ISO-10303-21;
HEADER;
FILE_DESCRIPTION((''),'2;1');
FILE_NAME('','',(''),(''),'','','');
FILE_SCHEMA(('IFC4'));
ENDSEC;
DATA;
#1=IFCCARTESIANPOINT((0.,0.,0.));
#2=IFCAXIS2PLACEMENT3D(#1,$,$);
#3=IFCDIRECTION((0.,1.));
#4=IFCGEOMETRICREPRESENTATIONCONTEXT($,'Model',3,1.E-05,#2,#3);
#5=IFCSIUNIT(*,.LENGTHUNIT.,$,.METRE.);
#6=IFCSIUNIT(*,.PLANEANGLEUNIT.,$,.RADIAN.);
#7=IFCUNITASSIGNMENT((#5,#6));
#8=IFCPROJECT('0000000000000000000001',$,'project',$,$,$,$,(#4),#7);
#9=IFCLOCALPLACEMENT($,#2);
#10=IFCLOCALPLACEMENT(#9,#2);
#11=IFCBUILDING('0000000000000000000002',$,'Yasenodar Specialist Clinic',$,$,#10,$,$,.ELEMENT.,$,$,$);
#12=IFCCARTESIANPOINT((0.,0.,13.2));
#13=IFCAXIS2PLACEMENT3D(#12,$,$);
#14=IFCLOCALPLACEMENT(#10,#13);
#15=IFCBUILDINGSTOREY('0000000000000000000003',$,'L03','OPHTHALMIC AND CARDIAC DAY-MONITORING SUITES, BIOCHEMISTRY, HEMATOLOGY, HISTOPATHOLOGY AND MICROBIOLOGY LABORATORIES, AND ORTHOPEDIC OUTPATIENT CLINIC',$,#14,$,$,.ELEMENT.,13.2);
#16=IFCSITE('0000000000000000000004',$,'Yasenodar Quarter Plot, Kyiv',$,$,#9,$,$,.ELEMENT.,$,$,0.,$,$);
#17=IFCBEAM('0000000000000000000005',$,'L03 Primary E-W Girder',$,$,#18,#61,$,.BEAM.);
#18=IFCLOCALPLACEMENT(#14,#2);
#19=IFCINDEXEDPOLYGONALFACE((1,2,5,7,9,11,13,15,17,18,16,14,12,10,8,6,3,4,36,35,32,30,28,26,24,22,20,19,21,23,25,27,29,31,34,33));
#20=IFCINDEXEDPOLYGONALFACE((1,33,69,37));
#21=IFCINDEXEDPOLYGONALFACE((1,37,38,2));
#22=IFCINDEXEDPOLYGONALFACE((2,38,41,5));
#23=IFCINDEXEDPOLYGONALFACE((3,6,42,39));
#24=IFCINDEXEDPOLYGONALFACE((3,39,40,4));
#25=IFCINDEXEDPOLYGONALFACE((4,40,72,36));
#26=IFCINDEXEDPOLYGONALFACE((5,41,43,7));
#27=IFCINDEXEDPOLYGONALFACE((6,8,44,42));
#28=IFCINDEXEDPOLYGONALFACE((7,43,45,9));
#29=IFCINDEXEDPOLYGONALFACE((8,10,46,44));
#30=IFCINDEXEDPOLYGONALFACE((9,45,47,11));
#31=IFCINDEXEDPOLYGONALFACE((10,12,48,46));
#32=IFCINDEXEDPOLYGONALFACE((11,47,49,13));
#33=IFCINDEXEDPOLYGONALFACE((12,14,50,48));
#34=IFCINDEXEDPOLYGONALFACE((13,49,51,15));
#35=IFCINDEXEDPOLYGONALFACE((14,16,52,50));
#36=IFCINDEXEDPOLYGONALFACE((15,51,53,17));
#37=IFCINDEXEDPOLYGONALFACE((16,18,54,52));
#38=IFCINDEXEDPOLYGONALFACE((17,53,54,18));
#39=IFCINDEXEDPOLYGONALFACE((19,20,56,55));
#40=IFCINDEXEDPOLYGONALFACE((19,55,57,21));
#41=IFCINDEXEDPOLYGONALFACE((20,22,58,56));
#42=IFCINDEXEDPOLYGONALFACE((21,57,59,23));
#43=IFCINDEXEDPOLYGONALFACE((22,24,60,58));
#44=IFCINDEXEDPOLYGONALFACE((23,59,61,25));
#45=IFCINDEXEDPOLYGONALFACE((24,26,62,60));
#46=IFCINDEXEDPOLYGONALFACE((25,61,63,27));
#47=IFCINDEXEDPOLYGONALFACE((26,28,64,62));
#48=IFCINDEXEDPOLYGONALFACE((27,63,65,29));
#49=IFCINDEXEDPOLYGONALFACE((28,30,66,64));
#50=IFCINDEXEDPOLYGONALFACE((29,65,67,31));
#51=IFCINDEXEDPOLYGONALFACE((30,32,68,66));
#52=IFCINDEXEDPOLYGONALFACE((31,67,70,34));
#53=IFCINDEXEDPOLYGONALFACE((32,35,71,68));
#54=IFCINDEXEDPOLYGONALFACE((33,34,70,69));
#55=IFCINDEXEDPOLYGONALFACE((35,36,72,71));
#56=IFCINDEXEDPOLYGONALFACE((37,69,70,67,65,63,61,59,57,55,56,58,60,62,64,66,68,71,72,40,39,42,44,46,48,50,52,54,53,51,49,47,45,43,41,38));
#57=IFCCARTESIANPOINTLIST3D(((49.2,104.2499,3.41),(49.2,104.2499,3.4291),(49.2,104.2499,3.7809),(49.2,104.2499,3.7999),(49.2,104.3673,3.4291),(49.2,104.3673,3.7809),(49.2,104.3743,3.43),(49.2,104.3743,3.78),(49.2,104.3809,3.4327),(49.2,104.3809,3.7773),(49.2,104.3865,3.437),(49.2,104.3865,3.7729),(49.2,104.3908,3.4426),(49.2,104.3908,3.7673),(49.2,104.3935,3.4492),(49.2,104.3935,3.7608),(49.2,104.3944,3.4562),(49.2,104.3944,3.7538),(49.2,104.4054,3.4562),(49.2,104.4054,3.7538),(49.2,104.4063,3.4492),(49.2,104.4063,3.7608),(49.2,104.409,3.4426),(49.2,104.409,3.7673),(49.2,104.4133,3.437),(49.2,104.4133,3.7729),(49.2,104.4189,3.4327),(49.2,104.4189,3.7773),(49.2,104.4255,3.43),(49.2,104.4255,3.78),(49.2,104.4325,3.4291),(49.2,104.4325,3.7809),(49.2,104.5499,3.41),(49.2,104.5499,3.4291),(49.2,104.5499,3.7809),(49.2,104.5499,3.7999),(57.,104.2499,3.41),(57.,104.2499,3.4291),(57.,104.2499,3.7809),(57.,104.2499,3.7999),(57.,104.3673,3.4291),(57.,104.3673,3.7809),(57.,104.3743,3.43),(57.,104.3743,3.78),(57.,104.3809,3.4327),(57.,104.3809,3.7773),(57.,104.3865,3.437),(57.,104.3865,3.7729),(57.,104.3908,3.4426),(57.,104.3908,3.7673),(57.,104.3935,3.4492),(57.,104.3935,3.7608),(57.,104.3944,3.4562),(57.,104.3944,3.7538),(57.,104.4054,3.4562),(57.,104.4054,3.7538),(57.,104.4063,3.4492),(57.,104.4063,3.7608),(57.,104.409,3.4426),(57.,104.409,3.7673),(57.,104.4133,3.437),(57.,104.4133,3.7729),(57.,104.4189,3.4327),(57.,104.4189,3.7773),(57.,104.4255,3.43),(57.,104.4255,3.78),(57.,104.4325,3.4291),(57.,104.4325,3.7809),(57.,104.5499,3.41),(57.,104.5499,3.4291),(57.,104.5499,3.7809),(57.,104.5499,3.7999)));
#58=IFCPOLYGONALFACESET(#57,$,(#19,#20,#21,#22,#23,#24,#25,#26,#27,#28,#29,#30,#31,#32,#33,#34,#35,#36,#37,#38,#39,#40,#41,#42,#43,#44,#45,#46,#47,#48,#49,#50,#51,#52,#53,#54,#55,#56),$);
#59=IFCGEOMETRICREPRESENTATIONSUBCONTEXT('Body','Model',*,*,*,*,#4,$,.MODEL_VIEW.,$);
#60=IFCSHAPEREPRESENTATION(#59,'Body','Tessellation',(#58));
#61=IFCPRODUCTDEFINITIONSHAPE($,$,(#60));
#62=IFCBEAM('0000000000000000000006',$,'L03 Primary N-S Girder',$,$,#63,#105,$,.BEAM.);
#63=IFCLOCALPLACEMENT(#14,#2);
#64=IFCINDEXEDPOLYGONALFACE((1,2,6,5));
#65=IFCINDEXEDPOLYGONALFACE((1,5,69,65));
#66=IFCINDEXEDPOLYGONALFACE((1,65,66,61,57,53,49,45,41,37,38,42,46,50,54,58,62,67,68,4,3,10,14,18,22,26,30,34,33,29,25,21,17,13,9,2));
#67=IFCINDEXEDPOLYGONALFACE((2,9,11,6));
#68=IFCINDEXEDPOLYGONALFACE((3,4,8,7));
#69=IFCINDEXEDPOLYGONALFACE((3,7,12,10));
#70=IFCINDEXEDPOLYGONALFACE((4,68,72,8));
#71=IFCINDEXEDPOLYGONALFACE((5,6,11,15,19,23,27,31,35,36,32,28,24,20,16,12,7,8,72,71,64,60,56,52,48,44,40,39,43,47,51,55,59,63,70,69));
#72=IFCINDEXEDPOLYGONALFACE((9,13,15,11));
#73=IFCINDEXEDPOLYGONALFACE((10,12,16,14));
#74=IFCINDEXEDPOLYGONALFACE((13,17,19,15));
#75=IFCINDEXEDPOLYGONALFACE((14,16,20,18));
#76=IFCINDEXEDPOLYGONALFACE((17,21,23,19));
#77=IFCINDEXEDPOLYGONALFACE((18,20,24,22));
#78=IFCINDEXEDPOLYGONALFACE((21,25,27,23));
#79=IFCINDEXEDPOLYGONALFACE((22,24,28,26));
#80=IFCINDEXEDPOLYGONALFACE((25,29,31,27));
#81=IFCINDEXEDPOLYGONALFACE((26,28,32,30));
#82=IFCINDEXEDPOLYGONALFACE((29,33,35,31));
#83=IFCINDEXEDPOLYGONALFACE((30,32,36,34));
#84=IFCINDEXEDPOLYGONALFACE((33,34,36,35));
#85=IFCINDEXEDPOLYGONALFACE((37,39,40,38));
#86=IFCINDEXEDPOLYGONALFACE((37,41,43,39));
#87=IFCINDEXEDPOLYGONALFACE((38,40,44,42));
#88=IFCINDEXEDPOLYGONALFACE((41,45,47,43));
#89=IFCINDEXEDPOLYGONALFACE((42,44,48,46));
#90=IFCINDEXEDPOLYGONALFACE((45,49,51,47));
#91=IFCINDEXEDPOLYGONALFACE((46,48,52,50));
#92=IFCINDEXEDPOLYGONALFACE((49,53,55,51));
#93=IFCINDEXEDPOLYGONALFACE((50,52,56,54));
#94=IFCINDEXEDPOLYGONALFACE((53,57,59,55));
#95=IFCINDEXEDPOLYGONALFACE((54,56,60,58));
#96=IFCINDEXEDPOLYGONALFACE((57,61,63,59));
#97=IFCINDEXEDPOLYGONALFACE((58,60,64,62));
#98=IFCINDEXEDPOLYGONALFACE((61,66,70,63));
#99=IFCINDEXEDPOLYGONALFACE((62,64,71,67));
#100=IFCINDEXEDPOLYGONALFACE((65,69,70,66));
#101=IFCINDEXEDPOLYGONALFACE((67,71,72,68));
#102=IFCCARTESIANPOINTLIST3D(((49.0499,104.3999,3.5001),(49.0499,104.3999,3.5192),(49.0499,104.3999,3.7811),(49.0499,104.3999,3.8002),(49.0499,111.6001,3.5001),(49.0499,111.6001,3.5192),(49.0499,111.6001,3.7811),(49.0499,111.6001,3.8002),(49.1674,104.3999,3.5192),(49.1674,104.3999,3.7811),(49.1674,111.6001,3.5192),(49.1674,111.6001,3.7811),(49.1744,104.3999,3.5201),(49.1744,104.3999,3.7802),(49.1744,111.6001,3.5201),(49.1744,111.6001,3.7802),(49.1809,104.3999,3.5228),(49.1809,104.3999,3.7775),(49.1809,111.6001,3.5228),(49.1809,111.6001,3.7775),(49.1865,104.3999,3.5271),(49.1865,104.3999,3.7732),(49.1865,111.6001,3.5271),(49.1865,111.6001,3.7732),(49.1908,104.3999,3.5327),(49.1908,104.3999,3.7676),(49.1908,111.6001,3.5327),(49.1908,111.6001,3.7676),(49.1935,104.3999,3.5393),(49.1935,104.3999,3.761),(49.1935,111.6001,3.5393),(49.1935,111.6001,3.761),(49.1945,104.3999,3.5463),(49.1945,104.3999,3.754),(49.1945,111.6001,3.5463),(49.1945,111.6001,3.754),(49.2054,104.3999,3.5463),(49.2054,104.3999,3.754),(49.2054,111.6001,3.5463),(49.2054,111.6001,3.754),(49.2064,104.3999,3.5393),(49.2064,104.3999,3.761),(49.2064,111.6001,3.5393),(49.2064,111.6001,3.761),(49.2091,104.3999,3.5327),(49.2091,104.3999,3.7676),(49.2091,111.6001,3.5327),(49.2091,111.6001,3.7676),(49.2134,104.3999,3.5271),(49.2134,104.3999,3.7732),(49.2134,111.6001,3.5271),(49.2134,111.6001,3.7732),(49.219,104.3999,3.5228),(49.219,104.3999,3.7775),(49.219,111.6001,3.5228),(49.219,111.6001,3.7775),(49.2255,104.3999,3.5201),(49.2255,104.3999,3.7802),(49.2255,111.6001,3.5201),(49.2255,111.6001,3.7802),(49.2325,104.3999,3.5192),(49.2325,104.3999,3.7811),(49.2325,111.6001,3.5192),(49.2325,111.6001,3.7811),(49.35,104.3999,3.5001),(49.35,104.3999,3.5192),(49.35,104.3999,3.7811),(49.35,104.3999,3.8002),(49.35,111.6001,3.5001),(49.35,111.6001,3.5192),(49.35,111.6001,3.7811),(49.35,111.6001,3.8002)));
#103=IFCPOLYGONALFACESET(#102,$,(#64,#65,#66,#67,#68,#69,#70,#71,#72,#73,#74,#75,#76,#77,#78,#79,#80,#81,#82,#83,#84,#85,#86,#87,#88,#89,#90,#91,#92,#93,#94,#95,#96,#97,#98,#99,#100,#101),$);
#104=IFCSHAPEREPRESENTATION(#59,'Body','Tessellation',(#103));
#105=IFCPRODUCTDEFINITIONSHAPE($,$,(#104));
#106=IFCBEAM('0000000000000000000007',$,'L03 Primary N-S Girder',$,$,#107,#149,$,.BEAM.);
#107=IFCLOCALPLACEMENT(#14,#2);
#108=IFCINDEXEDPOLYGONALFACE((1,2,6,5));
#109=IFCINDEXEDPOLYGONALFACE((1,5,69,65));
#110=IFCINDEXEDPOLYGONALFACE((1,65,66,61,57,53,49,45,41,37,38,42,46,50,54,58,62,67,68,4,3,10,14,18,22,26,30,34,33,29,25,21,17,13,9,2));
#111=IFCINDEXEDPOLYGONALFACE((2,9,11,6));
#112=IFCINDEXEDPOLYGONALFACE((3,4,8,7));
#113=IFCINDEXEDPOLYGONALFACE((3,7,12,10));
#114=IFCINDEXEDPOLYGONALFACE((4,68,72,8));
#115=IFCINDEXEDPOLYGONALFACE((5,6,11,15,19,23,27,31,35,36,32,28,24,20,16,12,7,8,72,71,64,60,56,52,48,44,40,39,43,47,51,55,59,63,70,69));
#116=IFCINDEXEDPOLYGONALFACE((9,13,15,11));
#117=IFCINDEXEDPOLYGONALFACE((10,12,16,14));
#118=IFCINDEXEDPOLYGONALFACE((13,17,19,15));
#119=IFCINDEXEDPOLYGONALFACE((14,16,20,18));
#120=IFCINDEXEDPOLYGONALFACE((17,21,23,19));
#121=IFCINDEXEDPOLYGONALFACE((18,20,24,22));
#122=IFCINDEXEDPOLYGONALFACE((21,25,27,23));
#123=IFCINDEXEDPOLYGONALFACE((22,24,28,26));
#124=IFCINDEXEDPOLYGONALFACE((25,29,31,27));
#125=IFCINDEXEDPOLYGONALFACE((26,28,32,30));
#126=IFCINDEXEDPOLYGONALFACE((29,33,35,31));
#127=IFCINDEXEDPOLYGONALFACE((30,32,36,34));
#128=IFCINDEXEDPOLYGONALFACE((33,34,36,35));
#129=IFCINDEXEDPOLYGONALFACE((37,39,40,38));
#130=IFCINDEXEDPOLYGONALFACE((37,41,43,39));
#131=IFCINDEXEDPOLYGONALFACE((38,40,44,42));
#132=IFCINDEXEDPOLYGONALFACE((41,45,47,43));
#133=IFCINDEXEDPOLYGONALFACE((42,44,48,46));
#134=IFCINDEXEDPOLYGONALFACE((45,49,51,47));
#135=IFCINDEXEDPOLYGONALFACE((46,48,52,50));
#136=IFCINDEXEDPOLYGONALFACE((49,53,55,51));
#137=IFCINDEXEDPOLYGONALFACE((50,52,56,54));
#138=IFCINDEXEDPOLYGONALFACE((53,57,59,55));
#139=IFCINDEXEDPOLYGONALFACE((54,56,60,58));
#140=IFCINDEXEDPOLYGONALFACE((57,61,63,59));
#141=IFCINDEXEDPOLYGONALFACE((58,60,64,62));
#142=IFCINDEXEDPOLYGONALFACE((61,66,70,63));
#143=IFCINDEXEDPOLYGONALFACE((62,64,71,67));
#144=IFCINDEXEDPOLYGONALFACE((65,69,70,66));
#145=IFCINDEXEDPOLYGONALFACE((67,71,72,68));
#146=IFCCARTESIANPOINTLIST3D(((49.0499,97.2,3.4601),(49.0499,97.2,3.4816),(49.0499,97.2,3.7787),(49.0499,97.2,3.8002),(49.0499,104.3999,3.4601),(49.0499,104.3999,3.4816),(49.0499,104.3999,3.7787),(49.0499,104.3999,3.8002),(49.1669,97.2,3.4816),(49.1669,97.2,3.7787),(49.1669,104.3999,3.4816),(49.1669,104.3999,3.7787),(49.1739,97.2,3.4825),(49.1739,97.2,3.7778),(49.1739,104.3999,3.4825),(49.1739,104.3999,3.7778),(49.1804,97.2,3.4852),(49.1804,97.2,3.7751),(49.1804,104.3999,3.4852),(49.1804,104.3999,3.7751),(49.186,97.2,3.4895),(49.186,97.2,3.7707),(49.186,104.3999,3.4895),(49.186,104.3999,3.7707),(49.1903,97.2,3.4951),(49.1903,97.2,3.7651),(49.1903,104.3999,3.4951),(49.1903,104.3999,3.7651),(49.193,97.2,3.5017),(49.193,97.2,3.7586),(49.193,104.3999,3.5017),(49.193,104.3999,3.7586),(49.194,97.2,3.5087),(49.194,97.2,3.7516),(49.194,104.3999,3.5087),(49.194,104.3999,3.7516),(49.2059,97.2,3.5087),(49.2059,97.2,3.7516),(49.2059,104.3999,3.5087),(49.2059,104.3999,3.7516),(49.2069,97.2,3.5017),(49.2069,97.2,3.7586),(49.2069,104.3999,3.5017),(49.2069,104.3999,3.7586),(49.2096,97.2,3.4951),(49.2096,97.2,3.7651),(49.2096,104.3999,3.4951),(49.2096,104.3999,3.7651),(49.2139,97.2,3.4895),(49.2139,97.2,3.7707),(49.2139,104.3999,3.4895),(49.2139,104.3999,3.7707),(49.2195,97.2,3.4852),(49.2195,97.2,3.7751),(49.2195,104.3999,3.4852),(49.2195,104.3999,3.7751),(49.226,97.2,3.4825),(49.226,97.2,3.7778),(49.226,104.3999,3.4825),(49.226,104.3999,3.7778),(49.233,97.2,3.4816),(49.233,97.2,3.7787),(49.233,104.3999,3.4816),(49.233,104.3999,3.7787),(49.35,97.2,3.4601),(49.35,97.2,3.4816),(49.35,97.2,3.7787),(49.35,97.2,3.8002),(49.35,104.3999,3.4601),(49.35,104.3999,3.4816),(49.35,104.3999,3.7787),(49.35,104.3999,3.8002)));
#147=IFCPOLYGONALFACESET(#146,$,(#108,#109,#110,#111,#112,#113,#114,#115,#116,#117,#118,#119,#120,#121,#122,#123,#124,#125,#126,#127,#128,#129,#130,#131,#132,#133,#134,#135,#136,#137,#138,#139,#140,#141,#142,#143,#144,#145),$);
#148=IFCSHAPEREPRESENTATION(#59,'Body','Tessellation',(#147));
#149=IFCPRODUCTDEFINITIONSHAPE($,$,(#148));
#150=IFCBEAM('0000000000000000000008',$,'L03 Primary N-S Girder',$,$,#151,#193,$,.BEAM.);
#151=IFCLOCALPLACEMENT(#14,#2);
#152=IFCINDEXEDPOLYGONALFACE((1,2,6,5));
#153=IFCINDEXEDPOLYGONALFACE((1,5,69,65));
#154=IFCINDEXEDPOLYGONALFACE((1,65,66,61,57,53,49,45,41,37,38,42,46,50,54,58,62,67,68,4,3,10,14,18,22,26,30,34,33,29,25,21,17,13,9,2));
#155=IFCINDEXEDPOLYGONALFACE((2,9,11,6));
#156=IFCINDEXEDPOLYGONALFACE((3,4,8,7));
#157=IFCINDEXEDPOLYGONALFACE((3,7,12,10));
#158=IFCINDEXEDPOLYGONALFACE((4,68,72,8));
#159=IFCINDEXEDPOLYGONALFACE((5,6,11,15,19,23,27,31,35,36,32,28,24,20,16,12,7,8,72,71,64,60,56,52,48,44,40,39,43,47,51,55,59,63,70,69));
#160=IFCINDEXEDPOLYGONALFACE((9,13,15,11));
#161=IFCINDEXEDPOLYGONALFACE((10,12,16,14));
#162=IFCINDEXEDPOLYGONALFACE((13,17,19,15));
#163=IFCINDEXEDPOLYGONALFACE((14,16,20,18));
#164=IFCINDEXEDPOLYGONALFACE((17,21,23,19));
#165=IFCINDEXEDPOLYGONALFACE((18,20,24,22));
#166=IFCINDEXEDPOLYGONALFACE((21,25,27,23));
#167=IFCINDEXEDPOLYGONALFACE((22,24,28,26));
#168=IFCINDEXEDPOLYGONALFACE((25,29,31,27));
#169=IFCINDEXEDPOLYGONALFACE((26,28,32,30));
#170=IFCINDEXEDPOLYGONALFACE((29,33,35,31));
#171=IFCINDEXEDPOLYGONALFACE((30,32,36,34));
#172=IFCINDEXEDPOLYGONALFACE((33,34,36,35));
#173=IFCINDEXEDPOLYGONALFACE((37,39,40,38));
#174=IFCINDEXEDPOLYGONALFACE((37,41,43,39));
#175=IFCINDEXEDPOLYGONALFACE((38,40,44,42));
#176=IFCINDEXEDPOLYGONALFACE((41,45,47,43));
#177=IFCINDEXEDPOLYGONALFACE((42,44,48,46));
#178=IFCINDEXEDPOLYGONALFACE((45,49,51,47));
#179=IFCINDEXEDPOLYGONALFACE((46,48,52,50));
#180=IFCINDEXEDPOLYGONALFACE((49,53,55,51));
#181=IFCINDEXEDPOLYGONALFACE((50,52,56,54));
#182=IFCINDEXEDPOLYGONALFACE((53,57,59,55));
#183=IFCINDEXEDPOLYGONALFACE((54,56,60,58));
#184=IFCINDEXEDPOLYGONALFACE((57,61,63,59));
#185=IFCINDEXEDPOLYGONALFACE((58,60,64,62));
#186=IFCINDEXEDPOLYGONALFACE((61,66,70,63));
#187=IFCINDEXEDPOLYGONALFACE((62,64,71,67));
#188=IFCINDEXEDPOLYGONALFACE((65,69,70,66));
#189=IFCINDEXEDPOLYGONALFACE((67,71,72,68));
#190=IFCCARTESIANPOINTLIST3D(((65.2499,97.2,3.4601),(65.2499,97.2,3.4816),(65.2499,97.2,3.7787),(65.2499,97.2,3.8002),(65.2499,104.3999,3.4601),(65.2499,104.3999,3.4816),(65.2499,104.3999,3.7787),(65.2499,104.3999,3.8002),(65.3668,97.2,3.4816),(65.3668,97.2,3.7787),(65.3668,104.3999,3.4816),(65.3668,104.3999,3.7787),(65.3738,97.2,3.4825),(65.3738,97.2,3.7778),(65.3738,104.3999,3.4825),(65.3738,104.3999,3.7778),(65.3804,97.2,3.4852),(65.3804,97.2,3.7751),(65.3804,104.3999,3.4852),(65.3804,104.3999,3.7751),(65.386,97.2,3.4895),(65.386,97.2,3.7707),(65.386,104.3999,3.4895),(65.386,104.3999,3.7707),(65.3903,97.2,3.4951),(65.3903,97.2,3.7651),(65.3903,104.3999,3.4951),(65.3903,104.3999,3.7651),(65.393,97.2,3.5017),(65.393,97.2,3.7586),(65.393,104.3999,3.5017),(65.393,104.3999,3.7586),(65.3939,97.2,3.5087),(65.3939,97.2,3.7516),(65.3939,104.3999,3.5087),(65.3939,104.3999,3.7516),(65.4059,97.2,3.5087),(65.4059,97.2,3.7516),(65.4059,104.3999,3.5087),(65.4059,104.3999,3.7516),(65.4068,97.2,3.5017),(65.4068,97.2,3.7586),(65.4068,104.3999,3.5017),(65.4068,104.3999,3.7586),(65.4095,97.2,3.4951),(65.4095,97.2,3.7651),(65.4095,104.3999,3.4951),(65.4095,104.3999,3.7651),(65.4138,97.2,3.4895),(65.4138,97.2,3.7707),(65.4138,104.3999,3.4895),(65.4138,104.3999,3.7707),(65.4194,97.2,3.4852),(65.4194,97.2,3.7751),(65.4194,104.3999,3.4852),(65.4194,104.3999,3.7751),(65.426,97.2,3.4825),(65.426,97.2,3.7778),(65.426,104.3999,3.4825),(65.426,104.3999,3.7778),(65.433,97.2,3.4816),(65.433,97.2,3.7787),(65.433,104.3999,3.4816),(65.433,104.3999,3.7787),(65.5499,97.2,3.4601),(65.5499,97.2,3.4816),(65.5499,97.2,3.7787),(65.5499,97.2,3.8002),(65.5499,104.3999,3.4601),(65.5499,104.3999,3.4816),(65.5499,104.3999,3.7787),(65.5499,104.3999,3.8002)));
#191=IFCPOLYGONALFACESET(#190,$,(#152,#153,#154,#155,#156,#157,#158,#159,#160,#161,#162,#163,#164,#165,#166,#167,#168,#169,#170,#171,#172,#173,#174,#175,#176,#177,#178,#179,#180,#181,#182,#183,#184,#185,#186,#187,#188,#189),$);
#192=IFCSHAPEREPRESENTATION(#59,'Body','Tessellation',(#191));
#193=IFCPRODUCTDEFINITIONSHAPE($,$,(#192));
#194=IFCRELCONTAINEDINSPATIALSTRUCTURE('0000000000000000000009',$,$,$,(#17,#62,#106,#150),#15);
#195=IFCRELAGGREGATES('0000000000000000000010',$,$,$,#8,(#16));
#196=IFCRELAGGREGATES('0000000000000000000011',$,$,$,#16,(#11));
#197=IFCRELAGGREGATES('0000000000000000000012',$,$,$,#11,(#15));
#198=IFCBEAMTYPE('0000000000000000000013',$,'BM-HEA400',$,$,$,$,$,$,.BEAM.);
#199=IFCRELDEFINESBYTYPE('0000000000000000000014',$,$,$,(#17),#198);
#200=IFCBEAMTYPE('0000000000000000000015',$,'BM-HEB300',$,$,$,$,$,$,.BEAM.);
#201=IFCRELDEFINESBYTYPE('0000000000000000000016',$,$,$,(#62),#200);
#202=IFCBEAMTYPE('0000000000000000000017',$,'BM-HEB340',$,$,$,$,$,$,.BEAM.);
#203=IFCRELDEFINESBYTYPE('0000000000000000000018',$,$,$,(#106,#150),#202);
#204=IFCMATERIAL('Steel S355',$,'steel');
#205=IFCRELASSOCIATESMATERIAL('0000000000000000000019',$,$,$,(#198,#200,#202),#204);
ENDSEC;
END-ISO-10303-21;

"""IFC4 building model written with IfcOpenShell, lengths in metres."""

from ifc_helpers import new_model, si_unit, direction, frame, origin, origin_2d, place, context, subcontext, project, spatial, i_section, extrude, material, material_profile, profile_set, type_object, element, save


model = new_model("IFC4")

# Units and contexts
model_context = context("Model", 3, precision=1e-05, world=origin(), true_north=direction((0.0, 1.0)))
body_context = subcontext(model_context, "Body", "Model", "MODEL_VIEW")
ifc_project = project(units=[si_unit("LENGTHUNIT", "METRE"), si_unit("PLANEANGLEUNIT", "RADIAN")], contexts=[model_context])

# Site, building, storey
site_placement = place(None, origin())
site = spatial("IfcSite", under=ifc_project, at=site_placement, Name="Yasenodar Quarter Plot, Kyiv", CompositionType="ELEMENT", RefElevation=0.0)
building_placement = place(site_placement, origin())
building = spatial("IfcBuilding", under=site, at=building_placement, Name="Yasenodar Specialist Clinic", CompositionType="ELEMENT")
storey_placement = place(building_placement, frame((0.0, 0.0, 13.2)))
storey = spatial("IfcBuildingStorey", under=building, at=storey_placement, Name="L03", Description="OPHTHALMIC AND CARDIAC DAY-MONITORING SUITES, BIOCHEMISTRY, HEMATOLOGY, HISTOPATHOLOGY AND MICROBIOLOGY LABORATORIES, AND ORTHOPEDIC OUTPATIENT CLINIC", CompositionType="ELEMENT", Elevation=13.2)

# Shared definitions
ifc_material_1 = material(Name="Steel S355", Category="steel")

# Beams
ifc_material_profile_1 = material_profile(ifc_material_1, i_section(OverallWidth=0.3, OverallDepth=0.3899, WebThickness=0.011, FlangeThickness=0.019, FilletRadius=0.0271, at=origin_2d()), Name="HEA 400")
ifc_profile_set_1 = profile_set([ifc_material_profile_1], Name="Steel S355")
beam_type_1 = type_object("IfcBeamType", Name="BM-HEA400", PredefinedType="BEAM", material=ifc_profile_set_1)
beam_1_placement = place(storey_placement, frame((49.2, 104.3999, 3.605), z_axis=(1.0, 0.0, 0.0), x_axis=(0.0, 1.0, 0.0)))
element("IfcBeam", 1, at=beam_1_placement, inside=storey, type_object=beam_type_1, Name="L03 Primary E-W Girder", PredefinedType="BEAM", context=body_context, shape_type="SweptSolid", body=[
    extrude(i_section(OverallWidth=0.3, OverallDepth=0.3899, WebThickness=0.011, FlangeThickness=0.019, FilletRadius=0.0271, at=origin_2d()), origin(), (0.0, 0.0, 1.0), 7.8),
])
ifc_material_profile_2 = material_profile(ifc_material_1, i_section(OverallWidth=0.3, OverallDepth=0.3, WebThickness=0.011, FlangeThickness=0.019, FilletRadius=0.0271, at=origin_2d()), Name="HEB 300")
ifc_profile_set_2 = profile_set([ifc_material_profile_2], Name="Steel S355")
beam_type_2 = type_object("IfcBeamType", Name="BM-HEB300", PredefinedType="BEAM", material=ifc_profile_set_2)
beam_2_placement = place(storey_placement, frame((49.2, 104.3999, 3.6501), z_axis=(0.0, 1.0, 0.0), x_axis=(-1.0, 0.0, 0.0)))
element("IfcBeam", 2, at=beam_2_placement, inside=storey, type_object=beam_type_2, Name="L03 Primary N-S Girder", PredefinedType="BEAM", context=body_context, shape_type="SweptSolid", body=[
    extrude(i_section(OverallWidth=0.3, OverallDepth=0.3, WebThickness=0.011, FlangeThickness=0.019, FilletRadius=0.0271, at=origin_2d()), origin(), (0.0, 0.0, 1.0), 7.2002),
])
ifc_material_profile_3 = material_profile(ifc_material_1, i_section(OverallWidth=0.3, OverallDepth=0.3401, WebThickness=0.012, FlangeThickness=0.0215, FilletRadius=0.0271, at=origin_2d()), Name="HEB 340")
ifc_profile_set_3 = profile_set([ifc_material_profile_3], Name="Steel S355")
beam_type_3 = type_object("IfcBeamType", Name="BM-HEB340", PredefinedType="BEAM", material=ifc_profile_set_3)
for number, where, z_axis, x_axis, name in (
    (3, (49.2, 97.2, 3.6301), (0.0, 1.0, 0.0), (-1.0, 0.0, 0.0), "L03 Primary N-S Girder"),
    (4, (65.3999, 97.2, 3.6301), (0.0, 1.0, 0.0), (-1.0, 0.0, 0.0), "L03 Primary N-S Girder"),
):
    element("IfcBeam", number, at=place(storey_placement, frame(where, z_axis=z_axis, x_axis=x_axis)), inside=storey, type_object=beam_type_3, Name=name, PredefinedType="BEAM", context=body_context, shape_type="SweptSolid", body=[
        extrude(i_section(OverallWidth=0.3, OverallDepth=0.3401, WebThickness=0.012, FlangeThickness=0.0215, FilletRadius=0.0271, at=origin_2d()), origin(), (0.0, 0.0, 1.0), 7.2),
    ])

save(model, "model.ifc")
